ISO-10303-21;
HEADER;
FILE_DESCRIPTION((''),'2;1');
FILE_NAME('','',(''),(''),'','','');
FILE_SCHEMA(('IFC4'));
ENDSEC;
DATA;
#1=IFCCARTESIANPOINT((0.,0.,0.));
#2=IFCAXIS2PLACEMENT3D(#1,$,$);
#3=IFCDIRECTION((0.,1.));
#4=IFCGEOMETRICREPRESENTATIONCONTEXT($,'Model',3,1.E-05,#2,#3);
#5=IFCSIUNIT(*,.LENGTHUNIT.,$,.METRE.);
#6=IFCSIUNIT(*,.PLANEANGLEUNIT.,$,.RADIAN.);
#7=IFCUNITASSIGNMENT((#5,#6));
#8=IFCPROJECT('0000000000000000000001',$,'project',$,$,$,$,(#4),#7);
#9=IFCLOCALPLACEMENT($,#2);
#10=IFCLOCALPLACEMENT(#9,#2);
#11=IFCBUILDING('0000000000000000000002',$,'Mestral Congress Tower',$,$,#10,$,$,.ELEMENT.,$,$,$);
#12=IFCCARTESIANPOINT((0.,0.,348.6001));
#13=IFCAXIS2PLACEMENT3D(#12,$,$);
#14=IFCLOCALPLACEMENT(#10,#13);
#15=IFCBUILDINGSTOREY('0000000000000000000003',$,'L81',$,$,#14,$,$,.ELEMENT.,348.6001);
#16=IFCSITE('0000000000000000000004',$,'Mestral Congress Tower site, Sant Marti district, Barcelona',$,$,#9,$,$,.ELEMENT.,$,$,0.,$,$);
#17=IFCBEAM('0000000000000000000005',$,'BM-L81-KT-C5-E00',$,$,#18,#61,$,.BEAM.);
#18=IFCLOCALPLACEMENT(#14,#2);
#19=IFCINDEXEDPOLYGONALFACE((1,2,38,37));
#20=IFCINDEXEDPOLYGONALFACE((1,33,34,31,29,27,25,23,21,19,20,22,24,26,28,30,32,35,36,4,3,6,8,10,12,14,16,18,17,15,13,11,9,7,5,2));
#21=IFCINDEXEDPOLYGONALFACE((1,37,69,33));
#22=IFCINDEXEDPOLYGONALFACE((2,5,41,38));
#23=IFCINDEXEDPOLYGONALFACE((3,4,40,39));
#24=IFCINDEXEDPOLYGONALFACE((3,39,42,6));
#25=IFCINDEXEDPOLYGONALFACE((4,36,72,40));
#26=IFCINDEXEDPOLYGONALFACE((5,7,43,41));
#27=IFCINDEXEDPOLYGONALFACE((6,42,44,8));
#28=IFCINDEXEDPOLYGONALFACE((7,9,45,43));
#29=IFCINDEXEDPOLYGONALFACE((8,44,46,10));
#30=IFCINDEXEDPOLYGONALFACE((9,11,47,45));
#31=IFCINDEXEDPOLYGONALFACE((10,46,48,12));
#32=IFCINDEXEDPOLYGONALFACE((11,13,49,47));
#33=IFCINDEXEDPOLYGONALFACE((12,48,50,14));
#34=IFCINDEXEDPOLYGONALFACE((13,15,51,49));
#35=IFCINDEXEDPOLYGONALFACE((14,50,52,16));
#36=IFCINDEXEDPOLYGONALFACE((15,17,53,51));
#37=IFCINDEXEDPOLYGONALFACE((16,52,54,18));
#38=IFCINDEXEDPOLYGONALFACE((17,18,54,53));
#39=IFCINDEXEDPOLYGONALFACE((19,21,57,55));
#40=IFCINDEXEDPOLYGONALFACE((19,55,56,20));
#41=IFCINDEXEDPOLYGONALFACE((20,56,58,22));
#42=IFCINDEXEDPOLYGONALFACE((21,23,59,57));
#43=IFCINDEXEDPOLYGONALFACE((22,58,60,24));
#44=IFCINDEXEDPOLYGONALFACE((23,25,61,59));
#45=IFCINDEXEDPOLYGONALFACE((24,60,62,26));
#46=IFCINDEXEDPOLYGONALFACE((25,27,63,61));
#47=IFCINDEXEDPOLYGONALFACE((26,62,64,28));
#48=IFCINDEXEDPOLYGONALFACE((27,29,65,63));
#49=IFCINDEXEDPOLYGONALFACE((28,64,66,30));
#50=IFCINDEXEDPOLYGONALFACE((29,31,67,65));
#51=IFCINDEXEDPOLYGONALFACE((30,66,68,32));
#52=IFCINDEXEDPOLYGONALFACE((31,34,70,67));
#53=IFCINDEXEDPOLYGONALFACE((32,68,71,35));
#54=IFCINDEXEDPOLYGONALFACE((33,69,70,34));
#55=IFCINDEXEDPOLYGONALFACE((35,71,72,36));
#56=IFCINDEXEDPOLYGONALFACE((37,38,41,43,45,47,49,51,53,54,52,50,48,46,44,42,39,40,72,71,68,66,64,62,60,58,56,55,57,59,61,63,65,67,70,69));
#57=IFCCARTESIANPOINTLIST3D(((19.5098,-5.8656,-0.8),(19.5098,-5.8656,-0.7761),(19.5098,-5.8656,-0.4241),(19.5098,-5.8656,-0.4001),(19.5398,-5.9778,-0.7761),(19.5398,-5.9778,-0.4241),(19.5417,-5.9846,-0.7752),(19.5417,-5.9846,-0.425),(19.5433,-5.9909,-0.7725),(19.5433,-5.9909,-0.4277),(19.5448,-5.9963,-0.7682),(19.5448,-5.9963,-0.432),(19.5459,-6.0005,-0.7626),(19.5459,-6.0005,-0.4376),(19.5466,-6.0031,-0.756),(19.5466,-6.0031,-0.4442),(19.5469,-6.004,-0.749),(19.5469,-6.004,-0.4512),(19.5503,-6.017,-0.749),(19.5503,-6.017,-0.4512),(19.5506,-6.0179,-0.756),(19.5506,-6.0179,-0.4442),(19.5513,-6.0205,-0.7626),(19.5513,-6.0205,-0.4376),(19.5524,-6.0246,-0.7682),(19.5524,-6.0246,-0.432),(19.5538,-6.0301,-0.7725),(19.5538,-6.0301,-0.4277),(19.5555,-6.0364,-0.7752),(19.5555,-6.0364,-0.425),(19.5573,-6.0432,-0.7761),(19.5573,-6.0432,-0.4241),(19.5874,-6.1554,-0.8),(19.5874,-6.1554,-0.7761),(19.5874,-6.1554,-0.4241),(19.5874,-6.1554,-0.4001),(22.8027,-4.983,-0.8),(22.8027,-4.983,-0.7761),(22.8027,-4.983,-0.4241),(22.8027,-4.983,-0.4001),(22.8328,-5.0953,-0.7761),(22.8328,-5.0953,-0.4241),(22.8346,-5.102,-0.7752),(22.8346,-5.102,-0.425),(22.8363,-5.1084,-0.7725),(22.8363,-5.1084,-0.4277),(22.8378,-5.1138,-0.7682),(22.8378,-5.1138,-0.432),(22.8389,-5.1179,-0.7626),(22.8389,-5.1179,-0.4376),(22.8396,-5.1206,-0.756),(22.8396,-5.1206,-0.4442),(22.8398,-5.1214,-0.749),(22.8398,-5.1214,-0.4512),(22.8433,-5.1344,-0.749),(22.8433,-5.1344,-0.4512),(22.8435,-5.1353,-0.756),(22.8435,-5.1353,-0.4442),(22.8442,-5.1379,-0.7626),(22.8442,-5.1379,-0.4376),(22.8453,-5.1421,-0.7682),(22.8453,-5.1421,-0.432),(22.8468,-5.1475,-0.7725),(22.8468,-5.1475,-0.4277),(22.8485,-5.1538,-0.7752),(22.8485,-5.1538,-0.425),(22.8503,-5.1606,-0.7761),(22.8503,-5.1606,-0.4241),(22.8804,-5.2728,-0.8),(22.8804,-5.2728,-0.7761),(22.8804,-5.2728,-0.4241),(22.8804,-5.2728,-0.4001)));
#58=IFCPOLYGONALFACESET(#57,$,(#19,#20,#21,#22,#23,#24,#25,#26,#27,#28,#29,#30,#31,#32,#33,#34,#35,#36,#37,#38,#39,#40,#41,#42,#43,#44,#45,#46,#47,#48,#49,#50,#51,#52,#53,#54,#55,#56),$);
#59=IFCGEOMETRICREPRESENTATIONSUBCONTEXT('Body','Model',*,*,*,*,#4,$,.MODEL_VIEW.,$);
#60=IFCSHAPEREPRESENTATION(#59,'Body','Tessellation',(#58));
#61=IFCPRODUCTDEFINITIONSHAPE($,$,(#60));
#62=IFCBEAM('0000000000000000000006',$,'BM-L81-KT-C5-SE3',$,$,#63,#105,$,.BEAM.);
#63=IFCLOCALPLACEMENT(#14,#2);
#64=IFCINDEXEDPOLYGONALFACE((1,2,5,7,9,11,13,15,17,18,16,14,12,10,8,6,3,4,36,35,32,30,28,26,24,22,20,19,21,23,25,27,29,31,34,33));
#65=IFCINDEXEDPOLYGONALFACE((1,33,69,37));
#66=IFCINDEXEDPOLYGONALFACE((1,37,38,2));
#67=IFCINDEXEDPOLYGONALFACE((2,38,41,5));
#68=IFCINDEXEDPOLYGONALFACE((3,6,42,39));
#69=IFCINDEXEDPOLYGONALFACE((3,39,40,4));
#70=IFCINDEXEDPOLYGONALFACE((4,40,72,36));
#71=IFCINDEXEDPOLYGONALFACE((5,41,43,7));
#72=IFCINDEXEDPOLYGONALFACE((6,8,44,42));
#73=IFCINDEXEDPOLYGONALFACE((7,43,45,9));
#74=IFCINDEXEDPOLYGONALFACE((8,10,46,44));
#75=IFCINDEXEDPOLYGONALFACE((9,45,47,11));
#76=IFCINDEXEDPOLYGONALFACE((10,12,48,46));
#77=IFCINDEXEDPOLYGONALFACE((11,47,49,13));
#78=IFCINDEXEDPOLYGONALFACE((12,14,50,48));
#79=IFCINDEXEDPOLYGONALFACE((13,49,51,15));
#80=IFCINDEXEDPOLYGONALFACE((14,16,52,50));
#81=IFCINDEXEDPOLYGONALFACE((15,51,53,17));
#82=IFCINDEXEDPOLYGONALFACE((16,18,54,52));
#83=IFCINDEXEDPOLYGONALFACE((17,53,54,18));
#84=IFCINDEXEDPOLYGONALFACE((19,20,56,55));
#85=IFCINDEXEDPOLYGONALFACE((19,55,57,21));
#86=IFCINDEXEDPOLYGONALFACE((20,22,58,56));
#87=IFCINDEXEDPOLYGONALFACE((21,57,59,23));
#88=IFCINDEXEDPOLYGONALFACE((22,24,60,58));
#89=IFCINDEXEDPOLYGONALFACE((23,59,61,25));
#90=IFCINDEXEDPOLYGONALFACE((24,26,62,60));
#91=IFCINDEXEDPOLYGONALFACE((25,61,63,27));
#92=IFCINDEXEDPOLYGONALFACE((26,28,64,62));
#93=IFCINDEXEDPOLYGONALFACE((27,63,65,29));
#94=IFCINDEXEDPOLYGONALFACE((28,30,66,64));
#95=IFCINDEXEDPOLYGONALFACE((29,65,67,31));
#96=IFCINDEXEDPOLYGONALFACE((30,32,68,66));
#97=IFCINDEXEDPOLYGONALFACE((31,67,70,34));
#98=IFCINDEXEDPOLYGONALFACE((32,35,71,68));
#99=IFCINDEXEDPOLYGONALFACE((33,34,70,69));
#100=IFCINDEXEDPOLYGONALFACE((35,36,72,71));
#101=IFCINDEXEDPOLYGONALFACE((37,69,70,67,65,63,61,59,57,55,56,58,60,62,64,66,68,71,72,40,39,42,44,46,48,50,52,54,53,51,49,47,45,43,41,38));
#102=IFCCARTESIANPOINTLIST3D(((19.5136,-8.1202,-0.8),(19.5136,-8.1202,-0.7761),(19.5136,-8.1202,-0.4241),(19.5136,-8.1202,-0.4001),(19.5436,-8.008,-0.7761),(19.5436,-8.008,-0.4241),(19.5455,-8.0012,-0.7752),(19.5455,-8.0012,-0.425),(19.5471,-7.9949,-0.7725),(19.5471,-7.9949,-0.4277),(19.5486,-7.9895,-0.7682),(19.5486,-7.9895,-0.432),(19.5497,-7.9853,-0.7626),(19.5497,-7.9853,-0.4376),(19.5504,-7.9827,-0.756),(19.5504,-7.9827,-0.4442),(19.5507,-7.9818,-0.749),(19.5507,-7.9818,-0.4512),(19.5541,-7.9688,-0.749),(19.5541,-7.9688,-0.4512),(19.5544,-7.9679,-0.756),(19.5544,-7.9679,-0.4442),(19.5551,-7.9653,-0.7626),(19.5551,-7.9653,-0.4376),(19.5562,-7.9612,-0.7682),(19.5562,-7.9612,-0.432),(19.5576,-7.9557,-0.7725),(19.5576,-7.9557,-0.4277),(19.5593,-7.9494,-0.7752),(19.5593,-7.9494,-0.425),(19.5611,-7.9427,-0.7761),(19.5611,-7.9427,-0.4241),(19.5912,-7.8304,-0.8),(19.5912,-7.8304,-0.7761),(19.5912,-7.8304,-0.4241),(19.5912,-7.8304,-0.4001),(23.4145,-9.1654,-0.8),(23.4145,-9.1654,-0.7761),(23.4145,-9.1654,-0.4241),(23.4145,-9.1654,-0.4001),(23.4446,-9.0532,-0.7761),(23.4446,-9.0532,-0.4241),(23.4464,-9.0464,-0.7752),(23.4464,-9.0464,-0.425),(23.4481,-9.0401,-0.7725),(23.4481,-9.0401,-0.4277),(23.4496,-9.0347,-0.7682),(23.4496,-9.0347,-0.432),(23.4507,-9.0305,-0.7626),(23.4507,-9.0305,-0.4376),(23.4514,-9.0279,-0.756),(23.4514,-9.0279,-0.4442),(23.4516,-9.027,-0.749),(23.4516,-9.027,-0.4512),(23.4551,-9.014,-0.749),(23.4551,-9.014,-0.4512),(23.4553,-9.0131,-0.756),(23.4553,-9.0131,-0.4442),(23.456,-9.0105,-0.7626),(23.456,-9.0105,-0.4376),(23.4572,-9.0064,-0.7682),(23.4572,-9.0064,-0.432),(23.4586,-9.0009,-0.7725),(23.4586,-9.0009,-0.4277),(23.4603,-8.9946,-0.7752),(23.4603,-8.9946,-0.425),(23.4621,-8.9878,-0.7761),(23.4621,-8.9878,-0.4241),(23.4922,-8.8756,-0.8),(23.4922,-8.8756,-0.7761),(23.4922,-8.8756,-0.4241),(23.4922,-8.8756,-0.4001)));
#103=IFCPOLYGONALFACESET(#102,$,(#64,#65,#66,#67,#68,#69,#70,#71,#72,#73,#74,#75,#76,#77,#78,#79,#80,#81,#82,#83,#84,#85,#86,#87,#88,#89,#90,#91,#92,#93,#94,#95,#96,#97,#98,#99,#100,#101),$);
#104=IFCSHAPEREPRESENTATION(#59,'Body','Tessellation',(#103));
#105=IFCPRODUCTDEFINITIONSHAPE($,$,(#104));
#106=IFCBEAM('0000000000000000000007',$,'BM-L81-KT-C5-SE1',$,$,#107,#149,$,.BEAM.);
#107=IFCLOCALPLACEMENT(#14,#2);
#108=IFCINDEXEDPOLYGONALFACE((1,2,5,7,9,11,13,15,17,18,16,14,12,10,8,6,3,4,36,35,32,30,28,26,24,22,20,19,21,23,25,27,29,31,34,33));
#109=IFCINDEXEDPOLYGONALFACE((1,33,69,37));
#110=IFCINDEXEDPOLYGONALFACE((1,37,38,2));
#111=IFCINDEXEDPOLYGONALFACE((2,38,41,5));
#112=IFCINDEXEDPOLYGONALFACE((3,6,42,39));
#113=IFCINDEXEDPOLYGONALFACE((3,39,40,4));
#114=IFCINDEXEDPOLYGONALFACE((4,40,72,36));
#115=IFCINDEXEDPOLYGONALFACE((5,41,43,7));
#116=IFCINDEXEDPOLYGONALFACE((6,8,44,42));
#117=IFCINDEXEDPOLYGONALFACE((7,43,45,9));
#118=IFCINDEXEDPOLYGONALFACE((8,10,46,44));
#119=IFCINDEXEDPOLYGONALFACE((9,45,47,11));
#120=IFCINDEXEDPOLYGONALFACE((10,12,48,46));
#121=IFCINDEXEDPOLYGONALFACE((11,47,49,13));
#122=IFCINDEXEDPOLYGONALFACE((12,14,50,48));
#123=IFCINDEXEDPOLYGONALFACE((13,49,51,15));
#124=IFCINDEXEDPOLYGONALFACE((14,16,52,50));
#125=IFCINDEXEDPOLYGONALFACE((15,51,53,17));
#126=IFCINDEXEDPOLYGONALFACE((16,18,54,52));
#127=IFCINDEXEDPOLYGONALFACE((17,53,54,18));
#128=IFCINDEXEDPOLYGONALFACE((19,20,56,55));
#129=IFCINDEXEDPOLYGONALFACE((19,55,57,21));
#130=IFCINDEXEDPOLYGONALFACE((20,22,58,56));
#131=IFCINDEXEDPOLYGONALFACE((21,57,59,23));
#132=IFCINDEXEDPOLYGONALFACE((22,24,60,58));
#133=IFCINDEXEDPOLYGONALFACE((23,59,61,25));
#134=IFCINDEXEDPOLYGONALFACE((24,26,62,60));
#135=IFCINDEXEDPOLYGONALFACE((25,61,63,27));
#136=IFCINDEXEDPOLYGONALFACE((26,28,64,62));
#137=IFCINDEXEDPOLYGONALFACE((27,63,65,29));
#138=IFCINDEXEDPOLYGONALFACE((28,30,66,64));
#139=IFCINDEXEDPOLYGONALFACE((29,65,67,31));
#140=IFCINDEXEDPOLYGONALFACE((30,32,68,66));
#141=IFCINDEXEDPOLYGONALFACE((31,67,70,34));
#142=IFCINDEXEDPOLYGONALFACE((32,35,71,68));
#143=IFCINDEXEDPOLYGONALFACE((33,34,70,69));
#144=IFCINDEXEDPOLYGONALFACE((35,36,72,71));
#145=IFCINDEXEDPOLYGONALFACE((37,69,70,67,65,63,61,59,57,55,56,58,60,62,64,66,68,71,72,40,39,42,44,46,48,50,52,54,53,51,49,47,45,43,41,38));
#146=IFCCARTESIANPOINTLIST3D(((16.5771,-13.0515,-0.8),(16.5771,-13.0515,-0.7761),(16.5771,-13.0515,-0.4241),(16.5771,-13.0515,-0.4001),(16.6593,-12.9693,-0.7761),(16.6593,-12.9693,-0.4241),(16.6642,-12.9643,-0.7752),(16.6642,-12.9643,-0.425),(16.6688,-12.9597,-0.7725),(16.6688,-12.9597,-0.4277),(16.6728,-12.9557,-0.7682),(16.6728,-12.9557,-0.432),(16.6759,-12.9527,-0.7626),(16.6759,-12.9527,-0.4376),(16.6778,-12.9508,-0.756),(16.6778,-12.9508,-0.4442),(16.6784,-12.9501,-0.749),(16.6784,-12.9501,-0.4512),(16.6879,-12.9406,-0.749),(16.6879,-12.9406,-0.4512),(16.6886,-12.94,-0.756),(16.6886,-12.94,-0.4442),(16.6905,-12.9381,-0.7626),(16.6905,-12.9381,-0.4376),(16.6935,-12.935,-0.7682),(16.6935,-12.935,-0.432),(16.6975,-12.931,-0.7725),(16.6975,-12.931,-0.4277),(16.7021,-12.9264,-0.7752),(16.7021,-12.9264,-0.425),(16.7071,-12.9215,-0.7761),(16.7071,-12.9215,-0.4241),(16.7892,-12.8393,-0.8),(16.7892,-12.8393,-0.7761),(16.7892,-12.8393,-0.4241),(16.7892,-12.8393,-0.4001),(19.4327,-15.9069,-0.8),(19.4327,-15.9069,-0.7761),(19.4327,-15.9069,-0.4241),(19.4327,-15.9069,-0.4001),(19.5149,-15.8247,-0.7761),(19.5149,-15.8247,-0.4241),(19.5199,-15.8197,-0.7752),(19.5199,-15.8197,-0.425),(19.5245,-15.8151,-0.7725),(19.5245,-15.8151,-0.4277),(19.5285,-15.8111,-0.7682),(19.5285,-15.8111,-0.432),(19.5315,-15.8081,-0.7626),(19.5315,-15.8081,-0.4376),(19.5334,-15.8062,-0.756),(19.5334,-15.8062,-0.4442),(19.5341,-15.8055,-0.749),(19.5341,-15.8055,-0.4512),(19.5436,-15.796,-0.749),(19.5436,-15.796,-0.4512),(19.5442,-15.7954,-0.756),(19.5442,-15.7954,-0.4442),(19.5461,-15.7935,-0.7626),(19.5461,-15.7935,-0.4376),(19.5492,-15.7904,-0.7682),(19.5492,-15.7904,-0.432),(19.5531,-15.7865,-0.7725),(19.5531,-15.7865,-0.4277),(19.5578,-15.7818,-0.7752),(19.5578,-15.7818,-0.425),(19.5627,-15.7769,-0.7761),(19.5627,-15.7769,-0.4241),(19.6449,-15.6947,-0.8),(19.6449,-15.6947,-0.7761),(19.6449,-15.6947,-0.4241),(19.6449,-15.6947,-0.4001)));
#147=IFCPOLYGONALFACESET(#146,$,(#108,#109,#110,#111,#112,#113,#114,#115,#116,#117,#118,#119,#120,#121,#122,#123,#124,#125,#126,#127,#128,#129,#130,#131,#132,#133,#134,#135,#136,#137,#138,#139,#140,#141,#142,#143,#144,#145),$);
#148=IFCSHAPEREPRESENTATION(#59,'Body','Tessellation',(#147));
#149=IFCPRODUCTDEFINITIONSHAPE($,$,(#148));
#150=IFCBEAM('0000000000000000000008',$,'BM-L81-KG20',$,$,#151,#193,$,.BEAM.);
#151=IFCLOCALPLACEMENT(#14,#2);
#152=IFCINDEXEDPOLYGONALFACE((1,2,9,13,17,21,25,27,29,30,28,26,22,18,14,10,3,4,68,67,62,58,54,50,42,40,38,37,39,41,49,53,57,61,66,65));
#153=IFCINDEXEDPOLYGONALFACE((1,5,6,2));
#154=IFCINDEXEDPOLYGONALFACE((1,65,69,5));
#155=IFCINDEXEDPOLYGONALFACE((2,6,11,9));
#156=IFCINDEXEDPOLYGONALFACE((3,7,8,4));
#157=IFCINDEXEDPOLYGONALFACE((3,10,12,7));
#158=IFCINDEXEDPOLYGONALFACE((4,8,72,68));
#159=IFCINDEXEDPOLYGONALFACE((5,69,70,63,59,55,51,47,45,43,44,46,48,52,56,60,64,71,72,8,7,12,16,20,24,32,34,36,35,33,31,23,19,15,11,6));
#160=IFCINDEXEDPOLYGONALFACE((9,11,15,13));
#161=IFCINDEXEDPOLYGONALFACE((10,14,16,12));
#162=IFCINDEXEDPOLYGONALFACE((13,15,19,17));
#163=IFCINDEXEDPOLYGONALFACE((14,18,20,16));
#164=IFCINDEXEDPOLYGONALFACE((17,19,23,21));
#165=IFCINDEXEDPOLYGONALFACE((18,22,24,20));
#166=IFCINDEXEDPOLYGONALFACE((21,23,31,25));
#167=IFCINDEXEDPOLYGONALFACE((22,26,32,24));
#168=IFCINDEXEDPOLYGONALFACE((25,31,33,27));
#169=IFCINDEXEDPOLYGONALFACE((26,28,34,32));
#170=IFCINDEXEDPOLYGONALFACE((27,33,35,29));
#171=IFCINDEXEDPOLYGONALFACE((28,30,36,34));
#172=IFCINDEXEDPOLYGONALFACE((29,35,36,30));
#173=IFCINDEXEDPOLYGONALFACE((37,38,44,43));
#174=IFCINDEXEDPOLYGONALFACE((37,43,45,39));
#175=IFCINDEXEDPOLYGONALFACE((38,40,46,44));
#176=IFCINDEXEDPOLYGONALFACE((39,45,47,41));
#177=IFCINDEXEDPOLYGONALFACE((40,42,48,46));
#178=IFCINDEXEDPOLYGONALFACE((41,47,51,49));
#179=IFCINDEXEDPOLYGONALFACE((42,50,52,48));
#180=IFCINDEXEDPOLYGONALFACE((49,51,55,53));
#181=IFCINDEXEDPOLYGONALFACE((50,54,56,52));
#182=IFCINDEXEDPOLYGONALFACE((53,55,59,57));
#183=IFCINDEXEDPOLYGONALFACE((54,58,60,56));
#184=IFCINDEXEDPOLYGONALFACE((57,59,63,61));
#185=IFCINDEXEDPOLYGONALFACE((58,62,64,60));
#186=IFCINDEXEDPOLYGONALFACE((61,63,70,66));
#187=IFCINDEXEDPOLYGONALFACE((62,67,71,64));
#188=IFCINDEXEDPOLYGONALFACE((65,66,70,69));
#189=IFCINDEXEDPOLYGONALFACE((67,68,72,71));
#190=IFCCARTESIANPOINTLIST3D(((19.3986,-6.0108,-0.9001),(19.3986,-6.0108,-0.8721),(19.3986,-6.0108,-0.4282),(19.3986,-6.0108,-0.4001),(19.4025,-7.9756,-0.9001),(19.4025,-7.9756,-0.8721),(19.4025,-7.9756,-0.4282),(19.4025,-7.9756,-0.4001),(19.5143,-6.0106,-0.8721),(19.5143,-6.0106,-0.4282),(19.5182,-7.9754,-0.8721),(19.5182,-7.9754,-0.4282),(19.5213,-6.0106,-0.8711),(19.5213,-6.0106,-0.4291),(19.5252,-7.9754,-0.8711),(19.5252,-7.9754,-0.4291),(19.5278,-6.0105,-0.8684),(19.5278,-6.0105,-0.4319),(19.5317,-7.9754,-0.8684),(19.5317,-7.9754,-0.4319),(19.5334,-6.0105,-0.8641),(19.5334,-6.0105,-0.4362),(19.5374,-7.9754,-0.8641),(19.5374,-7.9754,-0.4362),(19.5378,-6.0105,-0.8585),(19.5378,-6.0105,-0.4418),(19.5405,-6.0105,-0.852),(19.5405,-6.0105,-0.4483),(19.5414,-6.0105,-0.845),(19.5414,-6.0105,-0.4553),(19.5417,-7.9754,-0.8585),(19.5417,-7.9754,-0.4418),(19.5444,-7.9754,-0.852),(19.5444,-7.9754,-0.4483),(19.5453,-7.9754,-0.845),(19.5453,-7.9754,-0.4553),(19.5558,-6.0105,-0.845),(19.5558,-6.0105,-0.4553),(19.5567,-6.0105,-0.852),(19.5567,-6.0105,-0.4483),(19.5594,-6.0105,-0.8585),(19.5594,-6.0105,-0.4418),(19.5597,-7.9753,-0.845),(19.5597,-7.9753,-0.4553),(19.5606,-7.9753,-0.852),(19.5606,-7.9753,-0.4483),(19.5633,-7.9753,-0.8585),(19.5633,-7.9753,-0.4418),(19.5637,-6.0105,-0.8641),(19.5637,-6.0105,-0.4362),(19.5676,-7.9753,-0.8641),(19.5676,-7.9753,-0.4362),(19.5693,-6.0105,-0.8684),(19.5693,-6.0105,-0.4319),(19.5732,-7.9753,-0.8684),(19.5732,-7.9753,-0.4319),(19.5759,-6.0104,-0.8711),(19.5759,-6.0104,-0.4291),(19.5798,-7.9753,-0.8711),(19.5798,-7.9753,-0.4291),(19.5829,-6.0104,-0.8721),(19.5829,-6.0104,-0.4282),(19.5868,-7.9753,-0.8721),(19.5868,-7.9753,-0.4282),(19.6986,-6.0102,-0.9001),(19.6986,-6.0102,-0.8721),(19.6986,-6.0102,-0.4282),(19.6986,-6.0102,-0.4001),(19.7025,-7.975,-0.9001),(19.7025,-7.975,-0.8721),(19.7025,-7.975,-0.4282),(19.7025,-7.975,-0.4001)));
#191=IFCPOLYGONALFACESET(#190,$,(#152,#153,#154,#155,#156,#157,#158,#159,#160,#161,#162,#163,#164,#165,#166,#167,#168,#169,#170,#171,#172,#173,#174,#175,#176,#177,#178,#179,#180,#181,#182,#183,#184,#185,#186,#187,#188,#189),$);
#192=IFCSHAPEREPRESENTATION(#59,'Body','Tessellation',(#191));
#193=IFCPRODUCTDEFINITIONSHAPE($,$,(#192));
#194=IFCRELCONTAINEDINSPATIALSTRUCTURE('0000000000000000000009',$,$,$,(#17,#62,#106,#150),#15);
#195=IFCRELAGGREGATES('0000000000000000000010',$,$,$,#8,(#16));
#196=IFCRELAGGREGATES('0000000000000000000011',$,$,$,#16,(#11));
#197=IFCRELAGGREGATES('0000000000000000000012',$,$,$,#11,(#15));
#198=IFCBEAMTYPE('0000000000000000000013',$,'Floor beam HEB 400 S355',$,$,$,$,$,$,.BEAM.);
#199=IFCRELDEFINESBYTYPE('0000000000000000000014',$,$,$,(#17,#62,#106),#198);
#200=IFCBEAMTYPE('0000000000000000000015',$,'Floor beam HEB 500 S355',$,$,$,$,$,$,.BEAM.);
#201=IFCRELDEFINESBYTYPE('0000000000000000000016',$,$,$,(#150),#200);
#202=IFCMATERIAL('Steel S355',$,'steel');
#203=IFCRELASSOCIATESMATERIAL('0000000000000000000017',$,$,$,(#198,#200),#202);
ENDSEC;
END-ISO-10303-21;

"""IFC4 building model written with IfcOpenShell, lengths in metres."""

from ifc_helpers import new_model, si_unit, direction, frame, origin, origin_2d, place, context, subcontext, project, spatial, i_section, extrude, material, material_profile, profile_set, type_object, element, save


model = new_model("IFC4")

# Units and contexts
model_context = context("Model", 3, precision=1e-05, world=origin(), true_north=direction((0.0, 1.0)))
body_context = subcontext(model_context, "Body", "Model", "MODEL_VIEW")
ifc_project = project(units=[si_unit("LENGTHUNIT", "METRE"), si_unit("PLANEANGLEUNIT", "RADIAN")], contexts=[model_context])

# Site, building, storey
site_placement = place(None, origin())
site = spatial("IfcSite", under=ifc_project, at=site_placement, Name="Mestral Congress Tower site, Sant Marti district, Barcelona", CompositionType="ELEMENT", RefElevation=0.0)
building_placement = place(site_placement, origin())
building = spatial("IfcBuilding", under=site, at=building_placement, Name="Mestral Congress Tower", CompositionType="ELEMENT")
storey_placement = place(building_placement, frame((0.0, 0.0, 348.6001)))
storey = spatial("IfcBuildingStorey", under=building, at=storey_placement, Name="L81", CompositionType="ELEMENT", Elevation=348.6001)

# Beams
ifc_material_1 = material(Name="Steel S355", Category="steel")
ifc_material_profile_1 = material_profile(ifc_material_1, i_section(OverallWidth=0.3, OverallDepth=0.3999, WebThickness=0.0134, FlangeThickness=0.0239, FilletRadius=0.0271, at=origin_2d()), Name="HEB 400")
ifc_profile_set_1 = profile_set([ifc_material_profile_1], Name="Steel S355")
beam_type_1 = type_object("IfcBeamType", Name="Floor beam HEB 400 S355", PredefinedType="BEAM", material=ifc_profile_set_1)
beam_1_placement = place(storey_placement, frame((22.8416, -5.1279, -0.6001), z_axis=(-0.96591, -0.258879, 0.0), x_axis=(0.258879, -0.96591, 0.0)))
element("IfcBeam", 1, at=beam_1_placement, inside=storey, type_object=beam_type_1, Name="BM-L81-KT-C5-E00", PredefinedType="BEAM", context=body_context, shape_type="SweptSolid", body=[
    extrude(i_section(OverallWidth=0.3, OverallDepth=0.3999, WebThickness=0.0134, FlangeThickness=0.0239, FilletRadius=0.0271, at=origin_2d()), origin(), (0.0, 0.0, 1.0), 3.4092),
])
beam_2_placement = place(storey_placement, frame((23.4534, -9.0205, -0.6001), z_axis=(-0.96593, 0.258803, 0.0), x_axis=(-0.258803, -0.96593, 0.0)))
element("IfcBeam", 2, at=beam_2_placement, inside=storey, type_object=beam_type_1, Name="BM-L81-KT-C5-SE3", PredefinedType="BEAM", context=body_context, shape_type="SweptSolid", body=[
    extrude(i_section(OverallWidth=0.3, OverallDepth=0.3999, WebThickness=0.0134, FlangeThickness=0.0239, FilletRadius=0.0271, at=origin_2d()), origin(), (0.0, 0.0, 1.0), 4.0386),
])
beam_3_placement = place(storey_placement, frame((19.5388, -15.8008, -0.6001), z_axis=(-0.707137, 0.707077, 0.0), x_axis=(-0.707077, -0.707137, 0.0)))
element("IfcBeam", 3, at=beam_3_placement, inside=storey, type_object=beam_type_1, Name="BM-L81-KT-C5-SE1", PredefinedType="BEAM", context=body_context, shape_type="SweptSolid", body=[
    extrude(i_section(OverallWidth=0.3, OverallDepth=0.3999, WebThickness=0.0134, FlangeThickness=0.0239, FilletRadius=0.0271, at=origin_2d()), origin(), (0.0, 0.0, 1.0), 4.0383),
])
ifc_material_profile_2 = material_profile(ifc_material_1, i_section(OverallWidth=0.3, OverallDepth=0.5, WebThickness=0.0144, FlangeThickness=0.0281, FilletRadius=0.0271, at=origin_2d()), Name="HEB 500")
ifc_profile_set_2 = profile_set([ifc_material_profile_2], Name="Steel S355")
beam_type_2 = type_object("IfcBeamType", Name="Floor beam HEB 500 S355", PredefinedType="BEAM", material=ifc_profile_set_2)
beam_4_placement = place(storey_placement, frame((19.5486, -6.0105, -0.6501), z_axis=(0.001988, -0.999998, 0.0), x_axis=(0.999998, 0.001988, 0.0)))
element("IfcBeam", 4, at=beam_4_placement, inside=storey, type_object=beam_type_2, Name="BM-L81-KG20", PredefinedType="BEAM", context=body_context, shape_type="SweptSolid", body=[
    extrude(i_section(OverallWidth=0.3, OverallDepth=0.5, WebThickness=0.0144, FlangeThickness=0.0281, FilletRadius=0.0271, at=origin_2d()), origin(), (0.0, 0.0, 1.0), 1.9648),
])

save(model, "model.ifc")
